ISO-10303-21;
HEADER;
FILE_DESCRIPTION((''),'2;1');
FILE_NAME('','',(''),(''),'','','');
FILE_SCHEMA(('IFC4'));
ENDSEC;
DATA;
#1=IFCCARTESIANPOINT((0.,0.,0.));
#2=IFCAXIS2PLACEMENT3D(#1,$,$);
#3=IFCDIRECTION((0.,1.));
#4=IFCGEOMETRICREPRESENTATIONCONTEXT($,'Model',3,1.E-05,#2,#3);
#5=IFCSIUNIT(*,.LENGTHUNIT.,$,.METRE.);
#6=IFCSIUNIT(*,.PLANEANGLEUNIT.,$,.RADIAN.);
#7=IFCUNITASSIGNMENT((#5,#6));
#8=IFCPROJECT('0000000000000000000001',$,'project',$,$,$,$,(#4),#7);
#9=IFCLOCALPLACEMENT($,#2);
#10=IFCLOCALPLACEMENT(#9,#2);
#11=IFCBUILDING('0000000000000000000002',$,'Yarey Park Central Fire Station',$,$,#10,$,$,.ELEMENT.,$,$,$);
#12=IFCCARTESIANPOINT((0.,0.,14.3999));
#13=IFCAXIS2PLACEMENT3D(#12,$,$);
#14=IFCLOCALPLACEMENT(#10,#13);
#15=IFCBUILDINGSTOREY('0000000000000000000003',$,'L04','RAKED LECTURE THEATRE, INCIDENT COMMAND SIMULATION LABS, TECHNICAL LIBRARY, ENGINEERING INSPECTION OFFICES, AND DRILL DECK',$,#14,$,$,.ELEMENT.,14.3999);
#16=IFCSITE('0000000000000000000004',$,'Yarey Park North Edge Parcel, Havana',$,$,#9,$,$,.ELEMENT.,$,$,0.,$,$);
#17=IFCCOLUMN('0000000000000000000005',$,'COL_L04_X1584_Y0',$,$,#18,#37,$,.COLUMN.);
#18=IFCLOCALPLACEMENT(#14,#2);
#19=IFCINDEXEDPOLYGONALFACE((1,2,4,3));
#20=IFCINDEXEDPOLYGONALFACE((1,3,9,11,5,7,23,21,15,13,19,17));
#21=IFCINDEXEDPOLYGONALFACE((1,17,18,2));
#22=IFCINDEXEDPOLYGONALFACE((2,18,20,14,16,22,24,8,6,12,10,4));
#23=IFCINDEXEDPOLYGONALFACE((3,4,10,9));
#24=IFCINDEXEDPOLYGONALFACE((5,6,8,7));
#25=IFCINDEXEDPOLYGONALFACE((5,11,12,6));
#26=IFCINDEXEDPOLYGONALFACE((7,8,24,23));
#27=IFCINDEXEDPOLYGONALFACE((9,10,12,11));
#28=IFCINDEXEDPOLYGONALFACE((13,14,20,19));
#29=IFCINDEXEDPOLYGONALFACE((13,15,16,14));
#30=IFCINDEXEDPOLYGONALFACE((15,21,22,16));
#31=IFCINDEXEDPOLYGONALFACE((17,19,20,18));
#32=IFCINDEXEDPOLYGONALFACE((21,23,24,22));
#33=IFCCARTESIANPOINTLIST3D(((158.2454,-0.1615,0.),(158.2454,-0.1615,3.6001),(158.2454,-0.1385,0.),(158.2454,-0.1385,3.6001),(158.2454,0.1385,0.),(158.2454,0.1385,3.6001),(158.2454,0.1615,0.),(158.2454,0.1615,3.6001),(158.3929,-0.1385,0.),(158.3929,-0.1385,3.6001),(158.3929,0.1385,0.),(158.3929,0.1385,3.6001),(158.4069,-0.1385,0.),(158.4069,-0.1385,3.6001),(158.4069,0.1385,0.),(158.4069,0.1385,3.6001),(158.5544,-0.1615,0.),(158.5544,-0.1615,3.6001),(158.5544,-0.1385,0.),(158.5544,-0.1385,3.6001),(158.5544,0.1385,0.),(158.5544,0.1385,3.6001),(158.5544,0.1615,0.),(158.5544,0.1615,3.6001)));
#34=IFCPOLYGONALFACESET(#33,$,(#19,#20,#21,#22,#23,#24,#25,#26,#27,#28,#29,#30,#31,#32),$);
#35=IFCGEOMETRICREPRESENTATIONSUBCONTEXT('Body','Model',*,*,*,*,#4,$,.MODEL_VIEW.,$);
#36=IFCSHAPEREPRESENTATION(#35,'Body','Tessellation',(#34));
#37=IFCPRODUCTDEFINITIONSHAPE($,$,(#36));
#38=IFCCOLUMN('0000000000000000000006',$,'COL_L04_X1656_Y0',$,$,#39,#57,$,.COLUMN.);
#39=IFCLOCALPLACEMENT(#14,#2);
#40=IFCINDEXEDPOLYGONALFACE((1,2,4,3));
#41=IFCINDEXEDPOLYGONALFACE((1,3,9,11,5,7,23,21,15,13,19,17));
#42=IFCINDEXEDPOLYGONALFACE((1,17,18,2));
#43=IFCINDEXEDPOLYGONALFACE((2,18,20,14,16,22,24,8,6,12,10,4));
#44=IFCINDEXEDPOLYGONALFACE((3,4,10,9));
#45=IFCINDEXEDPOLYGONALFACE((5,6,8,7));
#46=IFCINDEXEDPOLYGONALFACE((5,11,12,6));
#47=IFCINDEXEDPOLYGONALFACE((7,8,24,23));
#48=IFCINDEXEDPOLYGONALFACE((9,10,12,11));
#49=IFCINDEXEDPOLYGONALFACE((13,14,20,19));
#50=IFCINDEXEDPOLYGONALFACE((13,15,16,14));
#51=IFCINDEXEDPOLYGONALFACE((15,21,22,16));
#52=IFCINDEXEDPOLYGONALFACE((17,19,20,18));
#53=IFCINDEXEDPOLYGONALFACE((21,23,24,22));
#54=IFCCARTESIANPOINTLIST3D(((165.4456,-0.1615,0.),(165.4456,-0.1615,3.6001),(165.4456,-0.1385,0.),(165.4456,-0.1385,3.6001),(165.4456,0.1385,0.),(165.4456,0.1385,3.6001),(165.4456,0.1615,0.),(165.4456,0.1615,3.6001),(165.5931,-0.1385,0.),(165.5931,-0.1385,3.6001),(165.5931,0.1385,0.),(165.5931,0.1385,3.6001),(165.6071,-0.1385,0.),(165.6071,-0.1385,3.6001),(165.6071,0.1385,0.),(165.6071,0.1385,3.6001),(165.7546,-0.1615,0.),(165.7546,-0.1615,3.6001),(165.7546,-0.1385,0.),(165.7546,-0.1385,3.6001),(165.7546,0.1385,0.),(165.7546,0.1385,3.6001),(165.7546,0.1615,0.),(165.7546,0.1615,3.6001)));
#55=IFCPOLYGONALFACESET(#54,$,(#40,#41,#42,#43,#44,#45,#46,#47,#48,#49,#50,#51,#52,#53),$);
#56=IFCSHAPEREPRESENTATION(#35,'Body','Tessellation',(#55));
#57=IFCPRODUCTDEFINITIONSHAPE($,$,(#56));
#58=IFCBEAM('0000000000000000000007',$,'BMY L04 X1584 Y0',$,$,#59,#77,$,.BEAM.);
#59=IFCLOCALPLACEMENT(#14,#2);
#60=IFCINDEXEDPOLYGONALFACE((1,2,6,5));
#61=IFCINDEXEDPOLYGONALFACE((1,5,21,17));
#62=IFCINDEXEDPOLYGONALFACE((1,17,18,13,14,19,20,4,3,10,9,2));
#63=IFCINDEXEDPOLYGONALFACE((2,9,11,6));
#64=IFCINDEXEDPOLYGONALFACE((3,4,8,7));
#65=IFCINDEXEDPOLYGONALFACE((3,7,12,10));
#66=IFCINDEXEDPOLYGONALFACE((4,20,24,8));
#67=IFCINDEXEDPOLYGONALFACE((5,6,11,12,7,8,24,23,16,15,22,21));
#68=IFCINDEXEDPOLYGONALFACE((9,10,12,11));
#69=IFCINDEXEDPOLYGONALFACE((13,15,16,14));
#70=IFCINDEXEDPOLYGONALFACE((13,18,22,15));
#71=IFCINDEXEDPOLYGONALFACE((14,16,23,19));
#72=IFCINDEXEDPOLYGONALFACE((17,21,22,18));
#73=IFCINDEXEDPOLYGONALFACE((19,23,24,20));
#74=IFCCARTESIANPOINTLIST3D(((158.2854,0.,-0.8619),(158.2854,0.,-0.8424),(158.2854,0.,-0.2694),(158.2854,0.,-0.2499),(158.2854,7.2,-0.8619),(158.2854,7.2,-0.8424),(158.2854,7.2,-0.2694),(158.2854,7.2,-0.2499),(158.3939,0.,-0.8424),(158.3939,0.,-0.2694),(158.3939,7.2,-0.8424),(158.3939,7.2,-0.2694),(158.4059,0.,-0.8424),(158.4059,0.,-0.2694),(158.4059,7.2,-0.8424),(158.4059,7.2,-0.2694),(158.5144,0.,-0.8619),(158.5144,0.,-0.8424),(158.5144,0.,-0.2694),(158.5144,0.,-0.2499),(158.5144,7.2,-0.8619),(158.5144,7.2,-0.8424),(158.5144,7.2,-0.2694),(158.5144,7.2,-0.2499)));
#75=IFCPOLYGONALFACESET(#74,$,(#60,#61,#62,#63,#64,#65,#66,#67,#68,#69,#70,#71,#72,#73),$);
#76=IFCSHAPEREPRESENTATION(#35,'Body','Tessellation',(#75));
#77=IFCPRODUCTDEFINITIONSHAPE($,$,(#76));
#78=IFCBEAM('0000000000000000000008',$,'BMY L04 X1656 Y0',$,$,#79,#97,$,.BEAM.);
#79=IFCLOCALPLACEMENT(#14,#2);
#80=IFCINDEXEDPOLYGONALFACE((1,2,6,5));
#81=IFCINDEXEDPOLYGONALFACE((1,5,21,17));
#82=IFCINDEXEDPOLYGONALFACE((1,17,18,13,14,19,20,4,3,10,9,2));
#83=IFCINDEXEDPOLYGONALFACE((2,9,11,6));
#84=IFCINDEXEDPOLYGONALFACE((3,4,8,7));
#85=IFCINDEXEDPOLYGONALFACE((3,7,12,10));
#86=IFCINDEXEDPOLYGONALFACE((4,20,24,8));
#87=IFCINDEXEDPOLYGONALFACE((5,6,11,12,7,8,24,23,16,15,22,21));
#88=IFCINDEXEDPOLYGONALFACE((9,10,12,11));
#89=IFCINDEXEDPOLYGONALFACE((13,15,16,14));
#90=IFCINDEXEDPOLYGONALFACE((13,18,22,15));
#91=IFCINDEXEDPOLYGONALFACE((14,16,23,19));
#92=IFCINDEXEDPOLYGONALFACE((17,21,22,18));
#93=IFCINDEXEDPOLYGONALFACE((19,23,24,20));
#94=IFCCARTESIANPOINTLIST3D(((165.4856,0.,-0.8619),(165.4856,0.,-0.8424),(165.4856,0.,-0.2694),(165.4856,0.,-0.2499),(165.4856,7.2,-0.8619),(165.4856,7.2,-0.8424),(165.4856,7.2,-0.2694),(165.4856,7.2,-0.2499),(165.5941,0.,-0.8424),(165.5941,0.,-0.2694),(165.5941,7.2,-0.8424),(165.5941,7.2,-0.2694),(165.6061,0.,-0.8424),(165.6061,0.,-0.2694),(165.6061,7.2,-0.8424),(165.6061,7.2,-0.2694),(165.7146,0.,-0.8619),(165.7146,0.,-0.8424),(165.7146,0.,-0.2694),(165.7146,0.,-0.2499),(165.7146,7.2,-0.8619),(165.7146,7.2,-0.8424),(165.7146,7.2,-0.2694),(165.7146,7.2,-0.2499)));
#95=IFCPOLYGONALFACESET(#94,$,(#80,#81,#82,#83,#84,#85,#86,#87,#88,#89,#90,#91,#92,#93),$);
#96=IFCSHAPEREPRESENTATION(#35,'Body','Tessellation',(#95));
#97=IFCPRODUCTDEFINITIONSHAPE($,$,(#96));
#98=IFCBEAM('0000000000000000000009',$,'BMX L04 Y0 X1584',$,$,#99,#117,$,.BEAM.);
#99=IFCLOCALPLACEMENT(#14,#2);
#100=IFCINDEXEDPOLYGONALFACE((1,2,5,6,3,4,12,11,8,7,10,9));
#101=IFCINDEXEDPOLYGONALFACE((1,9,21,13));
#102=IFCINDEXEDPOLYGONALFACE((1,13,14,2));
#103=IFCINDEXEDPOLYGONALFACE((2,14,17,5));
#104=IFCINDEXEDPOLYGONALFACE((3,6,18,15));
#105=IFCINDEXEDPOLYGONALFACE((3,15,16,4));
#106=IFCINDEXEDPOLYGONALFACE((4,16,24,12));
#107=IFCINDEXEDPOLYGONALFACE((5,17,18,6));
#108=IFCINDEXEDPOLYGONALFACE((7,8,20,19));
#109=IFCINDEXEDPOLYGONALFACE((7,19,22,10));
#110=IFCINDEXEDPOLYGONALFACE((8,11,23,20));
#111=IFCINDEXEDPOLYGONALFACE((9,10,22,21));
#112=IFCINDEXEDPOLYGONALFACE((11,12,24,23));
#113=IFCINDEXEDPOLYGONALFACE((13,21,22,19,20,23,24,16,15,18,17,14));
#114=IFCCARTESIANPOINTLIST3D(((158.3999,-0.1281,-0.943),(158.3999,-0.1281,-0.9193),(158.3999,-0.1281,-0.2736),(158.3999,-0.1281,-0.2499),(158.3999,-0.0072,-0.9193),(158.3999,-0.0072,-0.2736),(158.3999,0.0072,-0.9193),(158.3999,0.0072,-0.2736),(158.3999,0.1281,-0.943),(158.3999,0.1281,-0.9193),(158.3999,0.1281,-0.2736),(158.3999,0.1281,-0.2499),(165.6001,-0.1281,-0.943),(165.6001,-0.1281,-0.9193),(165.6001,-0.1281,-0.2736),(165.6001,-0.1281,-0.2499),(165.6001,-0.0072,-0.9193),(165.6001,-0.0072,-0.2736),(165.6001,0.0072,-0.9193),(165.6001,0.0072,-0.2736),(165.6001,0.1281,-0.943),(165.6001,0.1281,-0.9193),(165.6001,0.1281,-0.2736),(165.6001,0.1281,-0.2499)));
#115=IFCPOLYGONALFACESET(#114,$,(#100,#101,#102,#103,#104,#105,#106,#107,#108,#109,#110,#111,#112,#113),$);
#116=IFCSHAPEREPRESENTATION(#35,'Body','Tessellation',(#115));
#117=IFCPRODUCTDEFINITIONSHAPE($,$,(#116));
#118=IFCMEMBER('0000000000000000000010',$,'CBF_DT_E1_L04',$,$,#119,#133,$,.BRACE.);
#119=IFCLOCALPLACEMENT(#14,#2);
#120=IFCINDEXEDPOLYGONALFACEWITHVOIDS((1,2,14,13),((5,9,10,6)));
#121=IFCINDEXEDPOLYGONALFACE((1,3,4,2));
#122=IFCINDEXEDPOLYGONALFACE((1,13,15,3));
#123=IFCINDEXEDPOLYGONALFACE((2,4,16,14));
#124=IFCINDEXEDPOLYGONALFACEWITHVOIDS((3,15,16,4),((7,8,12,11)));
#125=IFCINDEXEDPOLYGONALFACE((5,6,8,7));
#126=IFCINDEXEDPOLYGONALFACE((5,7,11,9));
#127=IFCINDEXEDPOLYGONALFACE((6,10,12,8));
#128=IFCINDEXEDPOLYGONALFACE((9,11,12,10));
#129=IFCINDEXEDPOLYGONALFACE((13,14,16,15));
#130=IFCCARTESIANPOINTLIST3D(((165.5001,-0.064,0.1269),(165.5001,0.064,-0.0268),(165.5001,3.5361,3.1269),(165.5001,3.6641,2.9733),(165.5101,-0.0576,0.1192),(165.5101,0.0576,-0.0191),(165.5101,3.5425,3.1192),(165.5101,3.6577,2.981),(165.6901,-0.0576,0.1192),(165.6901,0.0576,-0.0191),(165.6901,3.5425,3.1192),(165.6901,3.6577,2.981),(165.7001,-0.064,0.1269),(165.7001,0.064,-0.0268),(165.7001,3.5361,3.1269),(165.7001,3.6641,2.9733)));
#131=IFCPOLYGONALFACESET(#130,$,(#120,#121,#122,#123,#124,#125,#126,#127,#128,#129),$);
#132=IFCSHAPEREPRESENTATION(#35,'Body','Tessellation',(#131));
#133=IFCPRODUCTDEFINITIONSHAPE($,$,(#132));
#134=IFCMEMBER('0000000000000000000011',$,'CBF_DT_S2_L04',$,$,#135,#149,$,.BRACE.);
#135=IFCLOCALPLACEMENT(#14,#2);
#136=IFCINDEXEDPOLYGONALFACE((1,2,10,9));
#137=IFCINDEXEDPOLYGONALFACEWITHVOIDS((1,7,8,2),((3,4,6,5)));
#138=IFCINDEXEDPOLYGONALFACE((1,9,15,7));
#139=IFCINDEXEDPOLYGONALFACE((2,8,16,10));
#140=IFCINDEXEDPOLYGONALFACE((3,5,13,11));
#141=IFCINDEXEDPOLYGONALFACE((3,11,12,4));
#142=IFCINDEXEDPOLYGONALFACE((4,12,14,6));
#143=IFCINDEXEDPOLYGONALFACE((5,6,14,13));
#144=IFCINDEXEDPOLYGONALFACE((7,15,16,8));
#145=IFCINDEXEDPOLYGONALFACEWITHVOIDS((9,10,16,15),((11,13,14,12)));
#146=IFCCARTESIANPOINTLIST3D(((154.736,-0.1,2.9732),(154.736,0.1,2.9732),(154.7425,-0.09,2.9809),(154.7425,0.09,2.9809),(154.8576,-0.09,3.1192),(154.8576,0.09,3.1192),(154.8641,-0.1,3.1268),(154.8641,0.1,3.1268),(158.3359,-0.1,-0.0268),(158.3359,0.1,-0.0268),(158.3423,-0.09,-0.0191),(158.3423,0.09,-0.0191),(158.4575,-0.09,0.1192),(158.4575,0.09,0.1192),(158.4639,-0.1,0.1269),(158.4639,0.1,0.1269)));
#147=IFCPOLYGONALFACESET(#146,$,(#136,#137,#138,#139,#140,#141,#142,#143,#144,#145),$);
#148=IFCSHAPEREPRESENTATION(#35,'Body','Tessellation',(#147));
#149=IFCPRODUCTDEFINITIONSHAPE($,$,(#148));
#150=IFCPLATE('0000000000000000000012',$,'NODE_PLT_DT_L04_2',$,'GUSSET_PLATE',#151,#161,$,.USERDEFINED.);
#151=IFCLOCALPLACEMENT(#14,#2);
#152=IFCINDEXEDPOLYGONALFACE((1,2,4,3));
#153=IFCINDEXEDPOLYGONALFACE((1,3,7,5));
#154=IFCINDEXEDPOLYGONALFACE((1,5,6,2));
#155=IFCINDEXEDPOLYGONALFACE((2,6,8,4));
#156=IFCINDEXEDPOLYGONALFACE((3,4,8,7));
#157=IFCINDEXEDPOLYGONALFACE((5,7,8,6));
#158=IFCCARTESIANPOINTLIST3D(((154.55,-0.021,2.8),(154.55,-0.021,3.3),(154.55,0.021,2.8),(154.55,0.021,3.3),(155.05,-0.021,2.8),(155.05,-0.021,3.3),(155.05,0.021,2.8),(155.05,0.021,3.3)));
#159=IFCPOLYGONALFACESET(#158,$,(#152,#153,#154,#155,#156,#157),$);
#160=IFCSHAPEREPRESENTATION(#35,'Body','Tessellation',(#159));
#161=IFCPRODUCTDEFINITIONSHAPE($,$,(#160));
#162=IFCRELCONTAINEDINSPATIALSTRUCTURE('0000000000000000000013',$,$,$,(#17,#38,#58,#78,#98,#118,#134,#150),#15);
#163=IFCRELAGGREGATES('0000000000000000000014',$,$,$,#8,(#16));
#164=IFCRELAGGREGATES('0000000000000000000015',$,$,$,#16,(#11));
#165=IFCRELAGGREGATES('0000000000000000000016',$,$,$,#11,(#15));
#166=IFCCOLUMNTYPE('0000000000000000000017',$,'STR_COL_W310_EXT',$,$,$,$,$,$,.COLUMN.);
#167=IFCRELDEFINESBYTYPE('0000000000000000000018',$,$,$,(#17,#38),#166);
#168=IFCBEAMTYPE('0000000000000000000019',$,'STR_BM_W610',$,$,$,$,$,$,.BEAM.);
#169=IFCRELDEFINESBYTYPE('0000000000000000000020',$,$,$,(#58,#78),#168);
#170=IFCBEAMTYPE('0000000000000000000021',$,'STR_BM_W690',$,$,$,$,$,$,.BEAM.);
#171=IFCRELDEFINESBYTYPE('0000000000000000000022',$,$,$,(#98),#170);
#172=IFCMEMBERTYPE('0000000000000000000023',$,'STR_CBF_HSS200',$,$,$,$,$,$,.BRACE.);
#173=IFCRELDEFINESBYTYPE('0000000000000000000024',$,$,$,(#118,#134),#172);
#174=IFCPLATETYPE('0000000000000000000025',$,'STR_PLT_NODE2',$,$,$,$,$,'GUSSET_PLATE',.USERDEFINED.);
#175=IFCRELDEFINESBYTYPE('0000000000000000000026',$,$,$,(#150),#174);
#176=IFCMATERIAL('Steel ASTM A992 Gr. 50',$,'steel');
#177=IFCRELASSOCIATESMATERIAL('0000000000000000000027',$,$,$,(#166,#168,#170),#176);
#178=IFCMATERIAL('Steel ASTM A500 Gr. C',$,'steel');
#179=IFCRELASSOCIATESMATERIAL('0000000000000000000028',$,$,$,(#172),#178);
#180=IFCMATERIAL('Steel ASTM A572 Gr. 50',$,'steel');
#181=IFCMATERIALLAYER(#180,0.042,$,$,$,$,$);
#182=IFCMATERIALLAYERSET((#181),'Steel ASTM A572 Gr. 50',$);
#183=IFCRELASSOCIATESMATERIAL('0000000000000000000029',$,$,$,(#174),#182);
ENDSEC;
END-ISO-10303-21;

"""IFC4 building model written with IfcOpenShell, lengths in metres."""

from ifc_helpers import new_model, si_unit, direction, frame, origin, origin_2d, place, context, subcontext, project, spatial, rectangle, hollow_rectangle, i_section, extrude, material, layer, layer_set, material_profile, profile_set, type_object, element, save


model = new_model("IFC4")

# Units and contexts
model_context = context("Model", 3, precision=1e-05, world=origin(), true_north=direction((0.0, 1.0)))
body_context = subcontext(model_context, "Body", "Model", "MODEL_VIEW")
ifc_project = project(units=[si_unit("LENGTHUNIT", "METRE"), si_unit("PLANEANGLEUNIT", "RADIAN")], contexts=[model_context])

# Site, building, storey
site_placement = place(None, origin())
site = spatial("IfcSite", under=ifc_project, at=site_placement, Name="Yarey Park North Edge Parcel, Havana", CompositionType="ELEMENT", RefElevation=0.0)
building_placement = place(site_placement, origin())
building = spatial("IfcBuilding", under=site, at=building_placement, Name="Yarey Park Central Fire Station", CompositionType="ELEMENT")
storey_placement = place(building_placement, frame((0.0, 0.0, 14.3999)))
storey = spatial("IfcBuildingStorey", under=building, at=storey_placement, Name="L04", Description="RAKED LECTURE THEATRE, INCIDENT COMMAND SIMULATION LABS, TECHNICAL LIBRARY, ENGINEERING INSPECTION OFFICES, AND DRILL DECK", CompositionType="ELEMENT", Elevation=14.3999)

# Columns
ifc_material_1 = material(Name="Steel ASTM A992 Gr. 50", Category="steel")
ifc_material_profile_1 = material_profile(ifc_material_1, i_section(OverallWidth=0.3091, OverallDepth=0.323, WebThickness=0.0139, FlangeThickness=0.0229, at=origin_2d()), Name="W310x143")
ifc_profile_set_1 = profile_set([ifc_material_profile_1], Name="Steel ASTM A992 Gr. 50")
column_type = type_object("IfcColumnType", Name="STR_COL_W310_EXT", PredefinedType="COLUMN", material=ifc_profile_set_1)
for number, where, z_axis, x_axis, name in (
    (1, (158.3999, 0.0, 0.0), (0.0, 0.0, 1.0), (1.0, 0.0, 0.0), "COL_L04_X1584_Y0"),
    (2, (165.6001, 0.0, 0.0), (0.0, 0.0, 1.0), (1.0, 0.0, 0.0), "COL_L04_X1656_Y0"),
):
    element("IfcColumn", number, at=place(storey_placement, frame(where, z_axis=z_axis, x_axis=x_axis)), inside=storey, type_object=column_type, Name=name, PredefinedType="COLUMN", context=body_context, shape_type="SweptSolid", body=[
        extrude(i_section(OverallWidth=0.3091, OverallDepth=0.323, WebThickness=0.0139, FlangeThickness=0.0229, at=origin_2d()), origin(), (0.0, 0.0, 1.0), 3.6001),
    ])

# Beams
ifc_material_profile_2 = material_profile(ifc_material_1, i_section(OverallWidth=0.229, OverallDepth=0.6121, WebThickness=0.012, FlangeThickness=0.0195, at=origin_2d()), Name="W610x125")
ifc_profile_set_2 = profile_set([ifc_material_profile_2], Name="Steel ASTM A992 Gr. 50")
beam_type_1 = type_object("IfcBeamType", Name="STR_BM_W610", PredefinedType="BEAM", material=ifc_profile_set_2)
for number, where, z_axis, x_axis, name in (
    (3, (158.3999, 0.0, -0.5559), (0.0, 1.0, 0.0), (-1.0, 0.0, 0.0), "BMY L04 X1584 Y0"),
    (4, (165.6001, 0.0, -0.5559), (0.0, 1.0, 0.0), (-1.0, 0.0, 0.0), "BMY L04 X1656 Y0"),
):
    element("IfcBeam", number, at=place(storey_placement, frame(where, z_axis=z_axis, x_axis=x_axis)), inside=storey, type_object=beam_type_1, Name=name, PredefinedType="BEAM", context=body_context, shape_type="SweptSolid", body=[
        extrude(i_section(OverallWidth=0.229, OverallDepth=0.6121, WebThickness=0.012, FlangeThickness=0.0195, at=origin_2d()), origin(), (0.0, 0.0, 1.0), 7.2),
    ])
ifc_material_profile_3 = material_profile(ifc_material_1, i_section(OverallWidth=0.2561, OverallDepth=0.6931, WebThickness=0.0144, FlangeThickness=0.0237, at=origin_2d()), Name="W690x170")
ifc_profile_set_3 = profile_set([ifc_material_profile_3], Name="Steel ASTM A992 Gr. 50")
beam_type_2 = type_object("IfcBeamType", Name="STR_BM_W690", PredefinedType="BEAM", material=ifc_profile_set_3)
beam_placement = place(storey_placement, frame((158.3999, 0.0, -0.5964), z_axis=(1.0, 0.0, 0.0), x_axis=(0.0, 1.0, 0.0)))
element("IfcBeam", 5, at=beam_placement, inside=storey, type_object=beam_type_2, Name="BMX L04 Y0 X1584", PredefinedType="BEAM", context=body_context, shape_type="SweptSolid", body=[
    extrude(i_section(OverallWidth=0.2561, OverallDepth=0.6931, WebThickness=0.0144, FlangeThickness=0.0237, at=origin_2d()), origin(), (0.0, 0.0, 1.0), 7.2002),
])

# Members
ifc_material_2 = material(Name="Steel ASTM A500 Gr. C", Category="steel")
ifc_material_profile_4 = material_profile(ifc_material_2, hollow_rectangle(XDim=0.2, YDim=0.2, WallThickness=0.01, at=origin_2d()), Name="HSS 200x200x10")
ifc_profile_set_4 = profile_set([ifc_material_profile_4], Name="Steel ASTM A500 Gr. C")
member_type = type_object("IfcMemberType", Name="STR_CBF_HSS200", PredefinedType="BRACE", material=ifc_profile_set_4)
member_1_placement = place(storey_placement, frame((165.6001, 0.0, 0.05), z_axis=(0.0, 0.76823, 0.640174), x_axis=(-1.0, 0.0, 0.0)))
element("IfcMember", 6, at=member_1_placement, inside=storey, type_object=member_type, Name="CBF_DT_E1_L04", PredefinedType="BRACE", context=body_context, shape_type="SweptSolid", body=[
    extrude(hollow_rectangle(XDim=0.2, YDim=0.2, WallThickness=0.01, at=origin_2d()), origin(), (0.0, 0.0, 1.0), 4.6863),
])
member_2_placement = place(storey_placement, frame((158.3999, 0.0, 0.05), z_axis=(-0.768208, 0.0, 0.6402), x_axis=(0.0, -1.0, 0.0)))
element("IfcMember", 7, at=member_2_placement, inside=storey, type_object=member_type, Name="CBF_DT_S2_L04", PredefinedType="BRACE", context=body_context, shape_type="SweptSolid", body=[
    extrude(hollow_rectangle(XDim=0.2, YDim=0.2, WallThickness=0.01, at=origin_2d()), origin(), (0.0, 0.0, 1.0), 4.686),
])

# Plate
ifc_material_3 = material(Name="Steel ASTM A572 Gr. 50", Category="steel")
ifc_layer_1 = layer(ifc_material_3, 0.042)
ifc_layer_set_1 = layer_set([ifc_layer_1], Name="Steel ASTM A572 Gr. 50")
plate_type = type_object("IfcPlateType", Name="STR_PLT_NODE2", ElementType="GUSSET_PLATE", PredefinedType="USERDEFINED", material=ifc_layer_set_1)
plate_placement = place(storey_placement, frame((154.8, 0.0, 2.8), z_axis=(0.0, 0.0, 1.0), x_axis=(1.0, 0.0, 0.0)))
element("IfcPlate", 8, at=plate_placement, inside=storey, type_object=plate_type, Name="NODE_PLT_DT_L04_2", ObjectType="GUSSET_PLATE", PredefinedType="USERDEFINED", context=body_context, shape_type="SweptSolid", body=[
    extrude(rectangle(XDim=0.5, YDim=0.042, at=origin_2d()), origin(), (0.0, 0.0, 1.0), 0.5),
])

save(model, "model.ifc")
